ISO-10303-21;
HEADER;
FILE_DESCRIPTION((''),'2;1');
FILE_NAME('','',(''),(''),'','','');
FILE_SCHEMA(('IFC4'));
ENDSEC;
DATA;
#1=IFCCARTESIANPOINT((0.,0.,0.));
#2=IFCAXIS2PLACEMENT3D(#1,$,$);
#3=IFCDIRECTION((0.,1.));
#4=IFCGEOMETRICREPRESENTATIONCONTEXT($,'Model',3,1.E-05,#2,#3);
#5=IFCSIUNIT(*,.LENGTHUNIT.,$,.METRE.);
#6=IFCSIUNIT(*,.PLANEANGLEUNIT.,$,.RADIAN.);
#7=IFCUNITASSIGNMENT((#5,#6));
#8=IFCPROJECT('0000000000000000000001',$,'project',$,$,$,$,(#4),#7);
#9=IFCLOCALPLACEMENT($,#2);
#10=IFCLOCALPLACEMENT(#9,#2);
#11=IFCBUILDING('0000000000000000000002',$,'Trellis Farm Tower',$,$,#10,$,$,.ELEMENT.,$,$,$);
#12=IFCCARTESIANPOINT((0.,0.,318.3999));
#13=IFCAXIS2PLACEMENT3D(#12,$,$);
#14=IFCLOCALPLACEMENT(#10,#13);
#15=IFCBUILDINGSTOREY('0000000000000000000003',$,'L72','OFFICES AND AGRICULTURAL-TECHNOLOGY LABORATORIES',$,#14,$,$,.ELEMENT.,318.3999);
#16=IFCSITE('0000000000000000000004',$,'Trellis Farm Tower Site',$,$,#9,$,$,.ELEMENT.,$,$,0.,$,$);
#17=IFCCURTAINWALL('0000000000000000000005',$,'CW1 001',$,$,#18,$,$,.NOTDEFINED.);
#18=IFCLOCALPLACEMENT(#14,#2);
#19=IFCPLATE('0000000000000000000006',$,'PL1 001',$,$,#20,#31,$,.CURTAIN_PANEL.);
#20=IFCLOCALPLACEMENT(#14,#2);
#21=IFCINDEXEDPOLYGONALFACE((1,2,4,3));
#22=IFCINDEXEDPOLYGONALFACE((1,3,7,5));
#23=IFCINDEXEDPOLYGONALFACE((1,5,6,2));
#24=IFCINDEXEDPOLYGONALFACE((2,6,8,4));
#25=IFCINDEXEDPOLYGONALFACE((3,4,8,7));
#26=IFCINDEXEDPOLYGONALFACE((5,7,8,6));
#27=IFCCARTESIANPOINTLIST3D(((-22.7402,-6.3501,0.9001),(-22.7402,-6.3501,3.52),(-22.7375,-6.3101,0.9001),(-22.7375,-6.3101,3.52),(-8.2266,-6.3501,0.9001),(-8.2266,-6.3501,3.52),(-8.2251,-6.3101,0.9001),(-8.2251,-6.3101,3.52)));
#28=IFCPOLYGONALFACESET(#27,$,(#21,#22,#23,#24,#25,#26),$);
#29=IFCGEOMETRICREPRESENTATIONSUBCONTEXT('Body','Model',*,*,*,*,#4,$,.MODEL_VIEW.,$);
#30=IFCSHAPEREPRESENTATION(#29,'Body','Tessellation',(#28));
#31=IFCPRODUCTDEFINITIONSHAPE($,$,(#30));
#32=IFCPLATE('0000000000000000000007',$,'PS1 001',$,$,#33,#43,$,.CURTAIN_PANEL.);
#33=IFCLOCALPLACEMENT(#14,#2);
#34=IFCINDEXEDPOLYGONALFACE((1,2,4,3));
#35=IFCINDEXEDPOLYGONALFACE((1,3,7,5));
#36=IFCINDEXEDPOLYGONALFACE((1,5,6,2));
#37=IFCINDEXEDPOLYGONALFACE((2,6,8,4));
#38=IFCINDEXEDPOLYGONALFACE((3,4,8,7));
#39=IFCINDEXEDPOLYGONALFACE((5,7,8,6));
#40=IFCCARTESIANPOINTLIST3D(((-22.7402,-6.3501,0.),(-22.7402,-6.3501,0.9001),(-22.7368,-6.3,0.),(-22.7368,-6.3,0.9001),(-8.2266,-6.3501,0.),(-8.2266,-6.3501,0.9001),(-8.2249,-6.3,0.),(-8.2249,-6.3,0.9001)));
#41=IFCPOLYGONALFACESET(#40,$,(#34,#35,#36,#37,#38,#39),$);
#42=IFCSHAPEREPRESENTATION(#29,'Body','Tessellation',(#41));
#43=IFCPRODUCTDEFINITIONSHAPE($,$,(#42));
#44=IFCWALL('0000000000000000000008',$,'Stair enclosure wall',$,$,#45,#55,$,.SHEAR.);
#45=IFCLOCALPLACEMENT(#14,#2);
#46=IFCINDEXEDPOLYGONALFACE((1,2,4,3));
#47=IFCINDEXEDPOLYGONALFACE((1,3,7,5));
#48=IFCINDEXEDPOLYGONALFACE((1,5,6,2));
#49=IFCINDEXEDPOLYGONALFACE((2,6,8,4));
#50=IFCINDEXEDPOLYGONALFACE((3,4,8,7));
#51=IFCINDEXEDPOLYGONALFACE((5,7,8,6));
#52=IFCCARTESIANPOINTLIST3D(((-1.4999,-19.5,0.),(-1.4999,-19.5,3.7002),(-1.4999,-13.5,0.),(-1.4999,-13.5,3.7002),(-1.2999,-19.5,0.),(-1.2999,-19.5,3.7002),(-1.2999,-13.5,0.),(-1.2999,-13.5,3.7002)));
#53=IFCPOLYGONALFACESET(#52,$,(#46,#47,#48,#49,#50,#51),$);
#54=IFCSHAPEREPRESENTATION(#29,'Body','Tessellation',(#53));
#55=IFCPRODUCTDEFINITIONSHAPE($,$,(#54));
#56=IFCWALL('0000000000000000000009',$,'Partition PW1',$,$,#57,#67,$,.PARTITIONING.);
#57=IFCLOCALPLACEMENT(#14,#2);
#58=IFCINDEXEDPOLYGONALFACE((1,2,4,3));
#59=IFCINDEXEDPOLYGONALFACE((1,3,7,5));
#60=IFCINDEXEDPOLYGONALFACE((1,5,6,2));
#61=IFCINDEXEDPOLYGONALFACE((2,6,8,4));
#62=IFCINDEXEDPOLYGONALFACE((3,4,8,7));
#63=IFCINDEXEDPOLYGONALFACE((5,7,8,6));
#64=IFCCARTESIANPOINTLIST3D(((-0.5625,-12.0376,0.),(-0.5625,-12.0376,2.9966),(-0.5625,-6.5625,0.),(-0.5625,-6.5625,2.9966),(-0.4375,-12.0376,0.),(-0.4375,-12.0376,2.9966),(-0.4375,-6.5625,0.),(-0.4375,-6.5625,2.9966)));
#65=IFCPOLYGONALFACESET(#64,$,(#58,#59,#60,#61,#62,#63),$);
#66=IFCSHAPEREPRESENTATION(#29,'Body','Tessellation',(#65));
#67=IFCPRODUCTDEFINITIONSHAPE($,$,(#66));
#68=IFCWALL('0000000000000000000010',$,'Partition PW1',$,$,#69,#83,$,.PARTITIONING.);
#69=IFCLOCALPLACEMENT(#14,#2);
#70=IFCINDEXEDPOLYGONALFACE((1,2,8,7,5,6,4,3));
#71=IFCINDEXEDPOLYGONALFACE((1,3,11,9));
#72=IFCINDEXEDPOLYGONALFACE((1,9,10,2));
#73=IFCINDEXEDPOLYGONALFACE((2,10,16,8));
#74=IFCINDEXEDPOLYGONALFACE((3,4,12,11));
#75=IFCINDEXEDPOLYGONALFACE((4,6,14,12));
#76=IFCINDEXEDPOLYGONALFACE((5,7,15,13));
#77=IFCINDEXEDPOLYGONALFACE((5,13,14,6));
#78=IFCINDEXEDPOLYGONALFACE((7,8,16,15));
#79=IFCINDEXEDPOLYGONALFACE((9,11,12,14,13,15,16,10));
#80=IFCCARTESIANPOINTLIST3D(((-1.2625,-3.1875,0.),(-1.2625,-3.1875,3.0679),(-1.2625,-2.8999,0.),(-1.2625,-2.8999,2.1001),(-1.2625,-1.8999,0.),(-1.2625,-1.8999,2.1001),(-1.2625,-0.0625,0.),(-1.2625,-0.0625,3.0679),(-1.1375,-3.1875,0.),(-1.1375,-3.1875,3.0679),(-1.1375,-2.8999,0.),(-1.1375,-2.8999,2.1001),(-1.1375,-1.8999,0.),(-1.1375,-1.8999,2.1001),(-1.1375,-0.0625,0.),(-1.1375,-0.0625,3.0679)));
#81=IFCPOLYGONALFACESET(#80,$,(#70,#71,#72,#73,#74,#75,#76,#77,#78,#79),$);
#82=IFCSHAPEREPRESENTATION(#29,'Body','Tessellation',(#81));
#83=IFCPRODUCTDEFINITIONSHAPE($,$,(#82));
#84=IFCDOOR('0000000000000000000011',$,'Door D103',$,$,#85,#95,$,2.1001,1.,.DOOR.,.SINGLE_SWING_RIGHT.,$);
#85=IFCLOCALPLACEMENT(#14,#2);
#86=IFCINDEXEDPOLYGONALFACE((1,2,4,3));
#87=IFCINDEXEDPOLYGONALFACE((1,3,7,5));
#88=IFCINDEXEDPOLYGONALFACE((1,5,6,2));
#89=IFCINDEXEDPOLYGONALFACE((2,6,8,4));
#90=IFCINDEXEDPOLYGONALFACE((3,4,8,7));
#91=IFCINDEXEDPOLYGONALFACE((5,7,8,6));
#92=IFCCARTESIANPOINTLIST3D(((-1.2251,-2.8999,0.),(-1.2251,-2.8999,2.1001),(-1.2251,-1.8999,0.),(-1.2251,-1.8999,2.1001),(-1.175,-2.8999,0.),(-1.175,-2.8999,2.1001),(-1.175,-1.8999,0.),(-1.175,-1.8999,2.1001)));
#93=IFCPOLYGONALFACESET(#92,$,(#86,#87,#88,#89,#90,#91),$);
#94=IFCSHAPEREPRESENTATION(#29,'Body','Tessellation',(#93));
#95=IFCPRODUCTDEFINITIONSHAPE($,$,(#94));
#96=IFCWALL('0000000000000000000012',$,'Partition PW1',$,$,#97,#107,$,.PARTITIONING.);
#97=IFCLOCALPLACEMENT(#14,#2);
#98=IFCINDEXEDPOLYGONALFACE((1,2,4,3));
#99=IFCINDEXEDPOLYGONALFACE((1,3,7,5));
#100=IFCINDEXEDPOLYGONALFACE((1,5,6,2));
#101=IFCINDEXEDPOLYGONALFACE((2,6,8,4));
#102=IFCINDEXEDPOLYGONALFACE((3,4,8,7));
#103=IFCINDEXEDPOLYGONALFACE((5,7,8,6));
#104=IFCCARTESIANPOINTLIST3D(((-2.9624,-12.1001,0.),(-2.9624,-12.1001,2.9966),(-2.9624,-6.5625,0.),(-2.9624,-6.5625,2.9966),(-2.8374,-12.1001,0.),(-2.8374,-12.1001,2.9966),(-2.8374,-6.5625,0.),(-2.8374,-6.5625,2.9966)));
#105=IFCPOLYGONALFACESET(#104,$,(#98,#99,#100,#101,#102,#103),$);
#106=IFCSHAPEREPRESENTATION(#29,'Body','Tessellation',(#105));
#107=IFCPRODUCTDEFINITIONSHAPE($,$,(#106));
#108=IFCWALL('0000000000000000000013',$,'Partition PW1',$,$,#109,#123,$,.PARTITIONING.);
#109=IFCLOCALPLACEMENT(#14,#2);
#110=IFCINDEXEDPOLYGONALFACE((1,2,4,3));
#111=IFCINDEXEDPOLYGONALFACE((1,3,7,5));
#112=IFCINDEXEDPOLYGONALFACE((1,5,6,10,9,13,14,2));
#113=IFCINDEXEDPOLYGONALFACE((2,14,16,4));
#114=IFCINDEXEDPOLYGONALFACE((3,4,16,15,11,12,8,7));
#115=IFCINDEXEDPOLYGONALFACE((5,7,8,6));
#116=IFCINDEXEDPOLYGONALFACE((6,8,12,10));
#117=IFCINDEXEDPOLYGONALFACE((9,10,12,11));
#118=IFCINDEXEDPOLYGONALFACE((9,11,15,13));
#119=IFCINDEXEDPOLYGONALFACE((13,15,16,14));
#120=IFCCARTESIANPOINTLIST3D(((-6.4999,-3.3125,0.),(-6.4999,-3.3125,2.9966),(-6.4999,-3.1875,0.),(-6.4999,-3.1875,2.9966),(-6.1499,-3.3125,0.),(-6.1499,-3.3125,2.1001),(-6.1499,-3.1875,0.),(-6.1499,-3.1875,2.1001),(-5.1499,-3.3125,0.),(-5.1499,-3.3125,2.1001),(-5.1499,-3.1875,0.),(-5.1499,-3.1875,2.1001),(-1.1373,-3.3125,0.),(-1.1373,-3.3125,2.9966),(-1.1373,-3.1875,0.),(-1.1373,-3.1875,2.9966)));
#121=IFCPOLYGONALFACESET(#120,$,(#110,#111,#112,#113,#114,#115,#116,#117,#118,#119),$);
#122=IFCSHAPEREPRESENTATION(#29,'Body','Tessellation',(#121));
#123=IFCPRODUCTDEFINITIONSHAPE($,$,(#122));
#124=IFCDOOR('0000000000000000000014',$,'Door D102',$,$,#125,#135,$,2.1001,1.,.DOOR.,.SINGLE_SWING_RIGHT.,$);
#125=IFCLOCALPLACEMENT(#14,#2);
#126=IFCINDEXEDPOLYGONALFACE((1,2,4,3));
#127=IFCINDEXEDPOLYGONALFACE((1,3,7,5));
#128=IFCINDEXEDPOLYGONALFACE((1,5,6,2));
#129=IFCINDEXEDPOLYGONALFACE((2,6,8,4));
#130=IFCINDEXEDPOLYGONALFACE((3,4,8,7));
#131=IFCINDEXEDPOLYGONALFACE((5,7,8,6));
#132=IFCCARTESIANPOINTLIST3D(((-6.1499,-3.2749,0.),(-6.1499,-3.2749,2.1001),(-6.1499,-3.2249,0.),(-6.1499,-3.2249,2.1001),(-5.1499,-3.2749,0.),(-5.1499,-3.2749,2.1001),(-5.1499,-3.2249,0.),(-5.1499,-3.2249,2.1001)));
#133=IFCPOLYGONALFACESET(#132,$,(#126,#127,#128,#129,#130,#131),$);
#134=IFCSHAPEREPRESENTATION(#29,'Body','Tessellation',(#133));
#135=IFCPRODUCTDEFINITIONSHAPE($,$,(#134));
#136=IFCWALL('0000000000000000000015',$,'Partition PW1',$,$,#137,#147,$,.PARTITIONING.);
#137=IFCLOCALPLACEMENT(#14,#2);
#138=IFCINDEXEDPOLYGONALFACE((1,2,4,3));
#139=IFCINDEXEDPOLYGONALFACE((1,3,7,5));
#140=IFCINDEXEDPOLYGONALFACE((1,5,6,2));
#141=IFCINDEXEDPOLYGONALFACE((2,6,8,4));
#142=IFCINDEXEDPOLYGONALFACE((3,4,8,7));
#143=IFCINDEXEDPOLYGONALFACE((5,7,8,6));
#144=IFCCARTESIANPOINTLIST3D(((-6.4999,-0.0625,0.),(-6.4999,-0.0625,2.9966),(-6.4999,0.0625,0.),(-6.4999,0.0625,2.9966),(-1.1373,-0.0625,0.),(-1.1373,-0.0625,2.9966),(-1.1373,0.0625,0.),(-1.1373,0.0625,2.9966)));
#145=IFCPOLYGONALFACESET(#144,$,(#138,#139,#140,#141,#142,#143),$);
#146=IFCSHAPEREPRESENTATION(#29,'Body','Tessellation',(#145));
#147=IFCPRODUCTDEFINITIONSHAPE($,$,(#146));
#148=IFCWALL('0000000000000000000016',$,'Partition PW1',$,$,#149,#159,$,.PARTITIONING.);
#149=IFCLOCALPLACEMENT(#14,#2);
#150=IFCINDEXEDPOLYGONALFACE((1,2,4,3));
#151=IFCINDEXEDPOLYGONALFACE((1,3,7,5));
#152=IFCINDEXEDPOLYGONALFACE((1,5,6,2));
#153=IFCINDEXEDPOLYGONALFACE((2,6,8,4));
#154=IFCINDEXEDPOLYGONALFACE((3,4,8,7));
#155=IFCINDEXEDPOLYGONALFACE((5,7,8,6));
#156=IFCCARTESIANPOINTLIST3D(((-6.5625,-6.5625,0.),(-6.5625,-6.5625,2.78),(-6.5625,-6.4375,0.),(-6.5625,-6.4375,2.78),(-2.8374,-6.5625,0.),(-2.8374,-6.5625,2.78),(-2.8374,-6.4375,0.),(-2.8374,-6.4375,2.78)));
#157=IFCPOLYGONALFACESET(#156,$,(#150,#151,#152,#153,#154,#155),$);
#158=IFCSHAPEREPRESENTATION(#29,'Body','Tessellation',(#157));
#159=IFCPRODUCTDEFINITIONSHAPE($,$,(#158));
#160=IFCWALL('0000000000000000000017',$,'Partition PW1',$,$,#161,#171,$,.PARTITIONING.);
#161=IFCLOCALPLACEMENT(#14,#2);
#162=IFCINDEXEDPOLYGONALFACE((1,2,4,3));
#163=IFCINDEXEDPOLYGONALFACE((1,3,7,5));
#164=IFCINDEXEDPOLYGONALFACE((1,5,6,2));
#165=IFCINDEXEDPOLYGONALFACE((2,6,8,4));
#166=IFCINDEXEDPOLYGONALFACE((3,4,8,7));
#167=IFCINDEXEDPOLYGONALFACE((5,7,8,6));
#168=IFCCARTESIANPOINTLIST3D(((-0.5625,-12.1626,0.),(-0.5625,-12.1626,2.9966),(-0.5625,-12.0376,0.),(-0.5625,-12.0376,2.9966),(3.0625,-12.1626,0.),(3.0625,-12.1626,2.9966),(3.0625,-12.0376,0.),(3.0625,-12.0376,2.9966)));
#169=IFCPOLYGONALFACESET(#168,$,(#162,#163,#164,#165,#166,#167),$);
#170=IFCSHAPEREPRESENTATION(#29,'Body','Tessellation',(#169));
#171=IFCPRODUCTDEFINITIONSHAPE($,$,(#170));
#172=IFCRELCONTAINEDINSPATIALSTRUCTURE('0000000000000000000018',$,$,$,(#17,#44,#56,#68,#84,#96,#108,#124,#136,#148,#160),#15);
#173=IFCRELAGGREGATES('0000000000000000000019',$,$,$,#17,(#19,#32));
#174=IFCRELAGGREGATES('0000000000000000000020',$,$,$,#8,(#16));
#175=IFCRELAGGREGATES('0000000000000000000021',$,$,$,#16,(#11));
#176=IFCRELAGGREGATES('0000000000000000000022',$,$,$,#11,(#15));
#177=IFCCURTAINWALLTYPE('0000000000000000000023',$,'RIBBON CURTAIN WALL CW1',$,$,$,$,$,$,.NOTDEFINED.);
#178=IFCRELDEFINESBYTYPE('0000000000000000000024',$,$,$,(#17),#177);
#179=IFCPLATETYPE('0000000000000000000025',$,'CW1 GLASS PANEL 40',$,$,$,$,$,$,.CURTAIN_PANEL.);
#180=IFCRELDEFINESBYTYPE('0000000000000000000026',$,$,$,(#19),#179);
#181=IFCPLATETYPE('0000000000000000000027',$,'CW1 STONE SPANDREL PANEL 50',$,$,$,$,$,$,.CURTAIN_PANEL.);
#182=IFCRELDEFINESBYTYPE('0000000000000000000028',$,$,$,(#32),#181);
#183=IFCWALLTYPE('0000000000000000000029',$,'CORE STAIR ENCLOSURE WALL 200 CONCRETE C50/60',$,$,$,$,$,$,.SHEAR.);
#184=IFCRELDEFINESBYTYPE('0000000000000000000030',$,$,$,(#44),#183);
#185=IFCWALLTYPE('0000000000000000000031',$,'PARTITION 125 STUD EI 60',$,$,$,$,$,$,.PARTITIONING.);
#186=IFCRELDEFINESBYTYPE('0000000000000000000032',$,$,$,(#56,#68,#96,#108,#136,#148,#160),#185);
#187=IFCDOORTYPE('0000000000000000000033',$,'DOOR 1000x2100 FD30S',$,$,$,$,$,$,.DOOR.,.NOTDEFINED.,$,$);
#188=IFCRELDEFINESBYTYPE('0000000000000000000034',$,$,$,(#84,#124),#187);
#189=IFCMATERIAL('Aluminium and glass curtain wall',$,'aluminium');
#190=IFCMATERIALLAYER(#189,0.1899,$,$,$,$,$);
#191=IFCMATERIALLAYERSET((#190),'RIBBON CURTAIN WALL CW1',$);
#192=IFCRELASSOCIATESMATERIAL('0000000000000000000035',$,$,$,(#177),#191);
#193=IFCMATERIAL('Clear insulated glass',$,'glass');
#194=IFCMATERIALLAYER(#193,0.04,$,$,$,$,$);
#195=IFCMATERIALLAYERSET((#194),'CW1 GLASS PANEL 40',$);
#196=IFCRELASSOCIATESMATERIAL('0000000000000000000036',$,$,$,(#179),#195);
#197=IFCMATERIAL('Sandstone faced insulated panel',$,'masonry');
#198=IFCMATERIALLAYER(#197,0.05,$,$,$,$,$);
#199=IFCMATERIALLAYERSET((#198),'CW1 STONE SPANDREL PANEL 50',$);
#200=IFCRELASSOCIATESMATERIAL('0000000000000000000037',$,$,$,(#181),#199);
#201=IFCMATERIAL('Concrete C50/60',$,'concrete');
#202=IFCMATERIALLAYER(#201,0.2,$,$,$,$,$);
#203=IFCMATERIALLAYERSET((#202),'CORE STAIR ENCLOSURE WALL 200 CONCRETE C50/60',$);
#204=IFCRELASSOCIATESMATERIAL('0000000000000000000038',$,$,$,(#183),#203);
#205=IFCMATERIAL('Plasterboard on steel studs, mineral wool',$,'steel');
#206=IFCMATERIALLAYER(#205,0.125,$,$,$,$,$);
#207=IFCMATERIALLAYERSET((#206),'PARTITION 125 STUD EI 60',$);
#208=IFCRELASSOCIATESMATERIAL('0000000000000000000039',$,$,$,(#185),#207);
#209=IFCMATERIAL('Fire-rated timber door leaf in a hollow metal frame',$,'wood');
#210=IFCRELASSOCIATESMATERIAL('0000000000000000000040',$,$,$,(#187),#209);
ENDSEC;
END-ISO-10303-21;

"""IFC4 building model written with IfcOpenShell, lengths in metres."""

from ifc_helpers import new_model, si_unit, direction, frame, frame_2d, origin, place, context, subcontext, project, spatial, polyline, rectangle, outline, extrude, source, transform, mapped, material, layer, layer_set, type_object, element, fill, aggregate, save


model = new_model("IFC4")

# Units and contexts
model_context = context("Model", 3, precision=1e-05, world=origin(), true_north=direction((0.0, 1.0)))
body_context = subcontext(model_context, "Body", "Model", "MODEL_VIEW")
ifc_project = project(units=[si_unit("LENGTHUNIT", "METRE"), si_unit("PLANEANGLEUNIT", "RADIAN")], contexts=[model_context])

# Site, building, storey
site_placement = place(None, origin())
site = spatial("IfcSite", under=ifc_project, at=site_placement, Name="Trellis Farm Tower Site", CompositionType="ELEMENT", RefElevation=0.0)
building_placement = place(site_placement, origin())
building = spatial("IfcBuilding", under=site, at=building_placement, Name="Trellis Farm Tower", CompositionType="ELEMENT")
storey_placement = place(building_placement, frame((0.0, 0.0, 318.3999)))
storey = spatial("IfcBuildingStorey", under=building, at=storey_placement, Name="L72", Description="OFFICES AND AGRICULTURAL-TECHNOLOGY LABORATORIES", CompositionType="ELEMENT", Elevation=318.3999)

# Curtain wall
ifc_material_1 = material(Name="Aluminium and glass curtain wall", Category="aluminium")
ifc_layer_1 = layer(ifc_material_1, 0.1899)
ifc_layer_set_1 = layer_set([ifc_layer_1], Name="RIBBON CURTAIN WALL CW1")
curtain_wall_type_1 = type_object("IfcCurtainWallType", Name="RIBBON CURTAIN WALL CW1", PredefinedType="NOTDEFINED", material=ifc_layer_set_1)
placement_1 = place(storey_placement, origin())
curtain_wall_1 = element("IfcCurtainWall", 1, at=placement_1, inside=storey, type_object=curtain_wall_type_1, Name="CW1 001", PredefinedType="NOTDEFINED")

# Shared definitions
ifc_material_2 = material(Name="Concrete C50/60", Category="concrete")

# Shared definitions
ifc_material_3 = material(Name="Clear insulated glass", Category="glass")

# Plates
ifc_layer_2 = layer(ifc_material_3, 0.04)
ifc_layer_set_2 = layer_set([ifc_layer_2], Name="CW1 GLASS PANEL 40")
plate_type_1 = type_object("IfcPlateType", Name="CW1 GLASS PANEL 40", PredefinedType="CURTAIN_PANEL", material=ifc_layer_set_2)
shared_shape_1 = source(origin(), body_context, "Body", "SweptSolid", [
    extrude(outline(polyline([(-22.7402, -6.3501), (-8.2266, -6.3501), (-8.2251, -6.3101), (-22.7375, -6.3101), (-22.7402, -6.3501)])), origin(), (0.0, 0.0, 1.0), 2.6199),
])
plate_1_placement = place(storey_placement, frame((0.0, 0.0, 0.9001)))
plate_1 = element("IfcPlate", 2, at=plate_1_placement, type_object=plate_type_1, Name="PL1 001", PredefinedType="CURTAIN_PANEL", context=body_context, shape_type="MappedRepresentation", body=[
    mapped(shared_shape_1, transform((0.0, 0.0, 0.0))),
])
ifc_material_4 = material(Name="Sandstone faced insulated panel", Category="masonry")
ifc_layer_3 = layer(ifc_material_4, 0.05)
ifc_layer_set_3 = layer_set([ifc_layer_3], Name="CW1 STONE SPANDREL PANEL 50")
plate_type_2 = type_object("IfcPlateType", Name="CW1 STONE SPANDREL PANEL 50", PredefinedType="CURTAIN_PANEL", material=ifc_layer_set_3)
shared_shape_2 = source(origin(), body_context, "Body", "SweptSolid", [
    extrude(outline(polyline([(-22.7402, -6.3501), (-8.2266, -6.3501), (-8.2249, -6.3), (-22.7368, -6.3), (-22.7402, -6.3501)])), origin(), (0.0, 0.0, 1.0), 0.9001),
])
plate_2 = element("IfcPlate", 3, at=placement_1, type_object=plate_type_2, Name="PS1 001", PredefinedType="CURTAIN_PANEL", context=body_context, shape_type="MappedRepresentation", body=[
    mapped(shared_shape_2, transform((0.0, 0.0, 0.0))),
])
aggregate(curtain_wall_1, [plate_1, plate_2])

# Walls
ifc_layer_4 = layer(ifc_material_2, 0.2)
ifc_layer_set_4 = layer_set([ifc_layer_4], Name="CORE STAIR ENCLOSURE WALL 200 CONCRETE C50/60")
wall_type_1 = type_object("IfcWallType", Name="CORE STAIR ENCLOSURE WALL 200 CONCRETE C50/60", PredefinedType="SHEAR", material=ifc_layer_set_4)
shared_shape_3 = source(origin(), body_context, "Body", "SweptSolid", [
    extrude(rectangle(XDim=6.0, YDim=0.2, at=frame_2d((3.0, 0.0))), origin(), (0.0, 0.0, 1.0), 3.7002),
])
wall_1_placement = place(storey_placement, frame((-1.3999, -13.5, 0.0), z_axis=(0.0, 0.0, 1.0), x_axis=(0.0, -1.0, 0.0)))
element("IfcWall", 4, at=wall_1_placement, inside=storey, type_object=wall_type_1, Name="Stair enclosure wall", PredefinedType="SHEAR", context=body_context, shape_type="MappedRepresentation", body=[
    mapped(shared_shape_3, transform((0.0, 0.0, 0.0))),
])
ifc_material_5 = material(Name="Plasterboard on steel studs, mineral wool", Category="steel")
ifc_layer_5 = layer(ifc_material_5, 0.125)
ifc_layer_set_5 = layer_set([ifc_layer_5], Name="PARTITION 125 STUD EI 60")
wall_type_2 = type_object("IfcWallType", Name="PARTITION 125 STUD EI 60", PredefinedType="PARTITIONING", material=ifc_layer_set_5)
shared_shape_4 = source(origin(), body_context, "Body", "SweptSolid", [
    extrude(rectangle(XDim=5.4751, YDim=0.125, at=frame_2d((2.7375, 0.0))), origin(), (0.0, 0.0, 1.0), 2.9966),
])
wall_2_placement = place(storey_placement, frame((-0.5, -6.5625, 0.0), z_axis=(0.0, 0.0, 1.0), x_axis=(0.0, -1.0, 0.0)))
element("IfcWall", 5, at=wall_2_placement, inside=storey, type_object=wall_type_2, Name="Partition PW1", PredefinedType="PARTITIONING", context=body_context, shape_type="MappedRepresentation", body=[
    mapped(shared_shape_4, transform((0.0, 0.0, 0.0))),
])

# Wall, opening, door
shared_shape_5 = source(origin(), body_context, "Body", "SweptSolid", [
    extrude(rectangle(XDim=3.125, YDim=0.125, at=frame_2d((1.5625, 0.0))), origin(), (0.0, 0.0, 1.0), 3.0679),
])
wall_3_placement = place(storey_placement, frame((-1.2, -0.0625, 0.0), z_axis=(0.0, 0.0, 1.0), x_axis=(0.0, -1.0, 0.0)))
wall_3 = element("IfcWall", 6, at=wall_3_placement, inside=storey, type_object=wall_type_2, Name="Partition PW1", PredefinedType="PARTITIONING", context=body_context, shape_type="MappedRepresentation", body=[
    mapped(shared_shape_5, transform((0.0, 0.0, 0.0))),
])
shared_shape_6 = source(origin(), body_context, "Body", "SweptSolid", [
    extrude(rectangle(XDim=1.0, YDim=2.1001, at=frame_2d((0.5, 1.05))), frame((0.0, 0.0725, 0.0), z_axis=(0.0, -1.0, 0.0), x_axis=(1.0, 0.0, 0.0)), (0.0, 0.0, 1.0), 0.145),
])
opening_1_placement = place(wall_3_placement, frame((1.8374, 0.0, 0.0)))
opening_1 = element("IfcOpeningElement", 7, at=opening_1_placement, cuts=wall_3, PredefinedType="OPENING", context=body_context, shape_type="MappedRepresentation", body=[
    mapped(shared_shape_6, transform((0.0, 0.0, 0.0))),
])
ifc_material_6 = material(Name="Fire-rated timber door leaf in a hollow metal frame", Category="wood")
door_type = type_object("IfcDoorType", Name="DOOR 1000x2100 FD30S", OperationType="NOTDEFINED", PredefinedType="DOOR", material=ifc_material_6)
shared_shape_7 = source(origin(), body_context, "Body", "SweptSolid", [
    extrude(rectangle(XDim=1.0, YDim=2.1001, at=frame_2d((0.5, 1.05))), frame((0.0, 0.0249, 0.0), z_axis=(0.0, -1.0, 0.0), x_axis=(1.0, 0.0, 0.0)), (0.0, 0.0, 1.0), 0.05),
])
door_1_placement = place(opening_1_placement, origin())
door_1 = element("IfcDoor", 8, at=door_1_placement, inside=storey, type_object=door_type, Name="Door D103", OperationType="SINGLE_SWING_RIGHT", OverallHeight=2.1001, OverallWidth=1.0, PredefinedType="DOOR", context=body_context, shape_type="MappedRepresentation", body=[
    mapped(shared_shape_7, transform((0.0, 0.0, 0.0))),
])
fill(opening_1, door_1)

# Wall
shared_shape_8 = source(origin(), body_context, "Body", "SweptSolid", [
    extrude(rectangle(XDim=5.5376, YDim=0.125, at=frame_2d((2.7688, 0.0))), origin(), (0.0, 0.0, 1.0), 2.9966),
])
wall_4_placement = place(storey_placement, frame((-2.8999, -12.1001, 0.0), z_axis=(0.0, 0.0, 1.0), x_axis=(0.0, 1.0, 0.0)))
element("IfcWall", 9, at=wall_4_placement, inside=storey, type_object=wall_type_2, Name="Partition PW1", PredefinedType="PARTITIONING", context=body_context, shape_type="MappedRepresentation", body=[
    mapped(shared_shape_8, transform((0.0, 0.0, 0.0))),
])

# Wall, opening, door
shared_shape_9 = source(origin(), body_context, "Body", "SweptSolid", [
    extrude(rectangle(XDim=5.3625, YDim=0.125, at=frame_2d((2.6812, 0.0))), origin(), (0.0, 0.0, 1.0), 2.9966),
])
wall_5_placement = place(storey_placement, frame((-1.1375, -3.25, 0.0), z_axis=(0.0, 0.0, 1.0), x_axis=(-1.0, 0.0, 0.0)))
wall_5 = element("IfcWall", 10, at=wall_5_placement, inside=storey, type_object=wall_type_2, Name="Partition PW1", PredefinedType="PARTITIONING", context=body_context, shape_type="MappedRepresentation", body=[
    mapped(shared_shape_9, transform((0.0, 0.0, 0.0))),
])
opening_2_placement = place(wall_5_placement, frame((4.0125, 0.0, 0.0)))
opening_2 = element("IfcOpeningElement", 11, at=opening_2_placement, cuts=wall_5, PredefinedType="OPENING", context=body_context, shape_type="MappedRepresentation", body=[
    mapped(shared_shape_6, transform((0.0, 0.0, 0.0))),
])
door_2_placement = place(opening_2_placement, origin())
door_2 = element("IfcDoor", 12, at=door_2_placement, inside=storey, type_object=door_type, Name="Door D102", OperationType="SINGLE_SWING_RIGHT", OverallHeight=2.1001, OverallWidth=1.0, PredefinedType="DOOR", context=body_context, shape_type="MappedRepresentation", body=[
    mapped(shared_shape_7, transform((0.0, 0.0, 0.0))),
])
fill(opening_2, door_2)

# Walls
wall_6_placement = place(storey_placement, frame((-1.1375, 0.0, 0.0), z_axis=(0.0, 0.0, 1.0), x_axis=(-1.0, 0.0, 0.0)))
element("IfcWall", 13, at=wall_6_placement, inside=storey, type_object=wall_type_2, Name="Partition PW1", PredefinedType="PARTITIONING", context=body_context, shape_type="MappedRepresentation", body=[
    mapped(shared_shape_9, transform((0.0, 0.0, 0.0))),
])
shared_shape_10 = source(origin(), body_context, "Body", "SweptSolid", [
    extrude(rectangle(XDim=3.7251, YDim=0.125, at=frame_2d((1.8625, 0.0))), origin(), (0.0, 0.0, 1.0), 2.78),
])
wall_7_placement = place(storey_placement, frame((-2.8374, -6.5, 0.0), z_axis=(0.0, 0.0, 1.0), x_axis=(-1.0, 0.0, 0.0)))
element("IfcWall", 14, at=wall_7_placement, inside=storey, type_object=wall_type_2, Name="Partition PW1", PredefinedType="PARTITIONING", context=body_context, shape_type="MappedRepresentation", body=[
    mapped(shared_shape_10, transform((0.0, 0.0, 0.0))),
])
shared_shape_11 = source(origin(), body_context, "Body", "SweptSolid", [
    extrude(rectangle(XDim=3.625, YDim=0.125, at=frame_2d((1.8125, 0.0))), origin(), (0.0, 0.0, 1.0), 2.9966),
])
wall_8_placement = place(storey_placement, frame((-0.5625, -12.1001, 0.0), z_axis=(0.0, 0.0, 1.0), x_axis=(1.0, 0.0, 0.0)))
element("IfcWall", 15, at=wall_8_placement, inside=storey, type_object=wall_type_2, Name="Partition PW1", PredefinedType="PARTITIONING", context=body_context, shape_type="MappedRepresentation", body=[
    mapped(shared_shape_11, transform((0.0, 0.0, 0.0))),
])

save(model, "model.ifc")
